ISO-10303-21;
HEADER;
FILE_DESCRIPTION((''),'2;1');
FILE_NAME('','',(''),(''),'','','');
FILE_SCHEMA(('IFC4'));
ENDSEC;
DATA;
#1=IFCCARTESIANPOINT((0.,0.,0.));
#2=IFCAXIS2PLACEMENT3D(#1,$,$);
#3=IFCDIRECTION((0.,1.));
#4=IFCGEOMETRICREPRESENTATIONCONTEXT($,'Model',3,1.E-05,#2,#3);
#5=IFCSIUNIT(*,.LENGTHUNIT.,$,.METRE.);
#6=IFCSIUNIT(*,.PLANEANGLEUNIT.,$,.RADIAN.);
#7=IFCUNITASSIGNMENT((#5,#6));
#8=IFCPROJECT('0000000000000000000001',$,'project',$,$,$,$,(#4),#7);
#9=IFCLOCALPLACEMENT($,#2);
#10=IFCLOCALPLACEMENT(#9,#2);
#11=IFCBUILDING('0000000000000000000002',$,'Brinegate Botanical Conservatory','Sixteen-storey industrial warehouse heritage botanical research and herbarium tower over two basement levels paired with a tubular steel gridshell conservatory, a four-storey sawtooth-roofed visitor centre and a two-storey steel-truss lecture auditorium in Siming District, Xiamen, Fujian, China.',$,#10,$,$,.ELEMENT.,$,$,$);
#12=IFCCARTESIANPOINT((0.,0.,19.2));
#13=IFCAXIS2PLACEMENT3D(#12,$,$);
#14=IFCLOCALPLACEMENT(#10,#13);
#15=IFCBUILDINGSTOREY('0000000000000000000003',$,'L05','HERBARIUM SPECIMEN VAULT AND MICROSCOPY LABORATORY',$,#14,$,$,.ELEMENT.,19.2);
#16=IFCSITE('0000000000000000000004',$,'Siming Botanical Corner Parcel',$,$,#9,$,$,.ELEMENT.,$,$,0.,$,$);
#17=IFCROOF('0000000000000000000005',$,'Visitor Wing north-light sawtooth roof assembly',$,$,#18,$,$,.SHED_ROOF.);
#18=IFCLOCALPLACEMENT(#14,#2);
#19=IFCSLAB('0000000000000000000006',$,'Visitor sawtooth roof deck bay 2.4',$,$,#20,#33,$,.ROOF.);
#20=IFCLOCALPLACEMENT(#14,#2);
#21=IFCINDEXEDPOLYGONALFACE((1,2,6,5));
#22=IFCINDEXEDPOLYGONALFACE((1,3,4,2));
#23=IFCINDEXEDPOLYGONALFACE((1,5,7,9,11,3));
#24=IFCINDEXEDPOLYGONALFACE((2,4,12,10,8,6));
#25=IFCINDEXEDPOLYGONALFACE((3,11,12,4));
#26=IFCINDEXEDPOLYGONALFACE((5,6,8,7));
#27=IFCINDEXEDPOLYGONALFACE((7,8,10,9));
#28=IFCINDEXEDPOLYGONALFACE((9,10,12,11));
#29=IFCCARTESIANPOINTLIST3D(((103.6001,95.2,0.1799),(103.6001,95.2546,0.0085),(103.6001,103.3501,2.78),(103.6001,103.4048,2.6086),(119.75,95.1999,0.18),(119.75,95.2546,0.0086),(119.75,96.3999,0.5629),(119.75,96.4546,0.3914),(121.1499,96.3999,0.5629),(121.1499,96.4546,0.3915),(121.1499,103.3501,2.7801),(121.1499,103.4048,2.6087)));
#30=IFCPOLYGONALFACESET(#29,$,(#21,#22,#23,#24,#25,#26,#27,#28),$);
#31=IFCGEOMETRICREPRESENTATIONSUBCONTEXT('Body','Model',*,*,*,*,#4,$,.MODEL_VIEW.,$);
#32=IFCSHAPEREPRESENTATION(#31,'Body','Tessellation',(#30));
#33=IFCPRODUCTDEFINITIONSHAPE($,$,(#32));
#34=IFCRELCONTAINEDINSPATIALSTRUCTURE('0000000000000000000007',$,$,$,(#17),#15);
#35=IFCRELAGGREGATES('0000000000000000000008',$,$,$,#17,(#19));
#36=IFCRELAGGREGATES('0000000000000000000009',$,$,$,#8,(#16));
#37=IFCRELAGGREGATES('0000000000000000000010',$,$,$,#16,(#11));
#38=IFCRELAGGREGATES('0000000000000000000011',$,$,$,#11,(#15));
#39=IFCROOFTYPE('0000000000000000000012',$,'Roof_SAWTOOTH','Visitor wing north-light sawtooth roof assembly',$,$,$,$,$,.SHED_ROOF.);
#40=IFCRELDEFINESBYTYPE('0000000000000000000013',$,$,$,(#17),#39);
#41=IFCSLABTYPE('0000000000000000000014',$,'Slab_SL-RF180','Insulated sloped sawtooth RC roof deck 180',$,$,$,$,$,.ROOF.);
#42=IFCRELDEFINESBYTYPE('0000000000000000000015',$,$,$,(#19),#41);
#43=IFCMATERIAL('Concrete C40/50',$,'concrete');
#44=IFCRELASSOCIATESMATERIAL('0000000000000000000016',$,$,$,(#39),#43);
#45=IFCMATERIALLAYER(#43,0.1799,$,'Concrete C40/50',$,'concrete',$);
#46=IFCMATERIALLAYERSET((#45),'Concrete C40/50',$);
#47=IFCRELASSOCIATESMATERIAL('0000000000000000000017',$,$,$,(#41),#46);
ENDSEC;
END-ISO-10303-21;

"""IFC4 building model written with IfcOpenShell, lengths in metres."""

from ifc_helpers import new_model, si_unit, direction, frame, origin, place, context, subcontext, project, spatial, polyline, outline, extrude, material, layer, layer_set, type_object, element, aggregate, save


model = new_model("IFC4")

# Units and contexts
model_context = context("Model", 3, precision=1e-05, world=origin(), true_north=direction((0.0, 1.0)))
body_context = subcontext(model_context, "Body", "Model", "MODEL_VIEW")
ifc_project = project(units=[si_unit("LENGTHUNIT", "METRE"), si_unit("PLANEANGLEUNIT", "RADIAN")], contexts=[model_context])

# Site, building, storey
site_placement = place(None, origin())
site = spatial("IfcSite", under=ifc_project, at=site_placement, Name="Siming Botanical Corner Parcel", CompositionType="ELEMENT", RefElevation=0.0)
building_placement = place(site_placement, origin())
building = spatial("IfcBuilding", under=site, at=building_placement, Name="Brinegate Botanical Conservatory", Description="Sixteen-storey industrial warehouse heritage botanical research and herbarium tower over two basement levels paired with a tubular steel gridshell conservatory, a four-storey sawtooth-roofed visitor centre and a two-storey steel-truss lecture auditorium in Siming District, Xiamen, Fujian, China.", CompositionType="ELEMENT")
storey_placement = place(building_placement, frame((0.0, 0.0, 19.2)))
storey = spatial("IfcBuildingStorey", under=building, at=storey_placement, Name="L05", Description="HERBARIUM SPECIMEN VAULT AND MICROSCOPY LABORATORY", CompositionType="ELEMENT", Elevation=19.2)

# Roof, slab
ifc_material_1 = material(Name="Concrete C40/50", Category="concrete")
roof_type = type_object("IfcRoofType", Name="Roof_SAWTOOTH", Description="Visitor wing north-light sawtooth roof assembly", PredefinedType="SHED_ROOF", material=ifc_material_1)
roof_placement = place(storey_placement, origin())
roof = element("IfcRoof", 1, at=roof_placement, inside=storey, type_object=roof_type, Name="Visitor Wing north-light sawtooth roof assembly", PredefinedType="SHED_ROOF")
ifc_layer_1 = layer(ifc_material_1, 0.1799, Name="Concrete C40/50", Category="concrete")
ifc_layer_set_1 = layer_set([ifc_layer_1], Name="Concrete C40/50")
slab_type = type_object("IfcSlabType", Name="Slab_SL-RF180", Description="Insulated sloped sawtooth RC roof deck 180", PredefinedType="ROOF", material=ifc_layer_set_1)
slab_placement = place(storey_placement, frame((103.6001, 95.2, 0.1799), z_axis=(-0.000007, -0.303931, 0.952694), x_axis=(1.0, -0.000002, 0.000006)))
slab = element("IfcSlab", 2, at=slab_placement, type_object=slab_type, Name="Visitor sawtooth roof deck bay 2.4", PredefinedType="ROOF", context=body_context, shape_type="SweptSolid", body=[
    extrude(outline(polyline([(0.0, 0.0), (16.1499, 0.0), (16.1499, 1.2596), (17.5498, 1.2596), (17.5498, 8.5548), (0.0, 8.5548), (0.0, 0.0)])), origin(), (0.0, 0.0, -1.0), 0.1799),
])
aggregate(roof, [slab])

save(model, "model.ifc")
